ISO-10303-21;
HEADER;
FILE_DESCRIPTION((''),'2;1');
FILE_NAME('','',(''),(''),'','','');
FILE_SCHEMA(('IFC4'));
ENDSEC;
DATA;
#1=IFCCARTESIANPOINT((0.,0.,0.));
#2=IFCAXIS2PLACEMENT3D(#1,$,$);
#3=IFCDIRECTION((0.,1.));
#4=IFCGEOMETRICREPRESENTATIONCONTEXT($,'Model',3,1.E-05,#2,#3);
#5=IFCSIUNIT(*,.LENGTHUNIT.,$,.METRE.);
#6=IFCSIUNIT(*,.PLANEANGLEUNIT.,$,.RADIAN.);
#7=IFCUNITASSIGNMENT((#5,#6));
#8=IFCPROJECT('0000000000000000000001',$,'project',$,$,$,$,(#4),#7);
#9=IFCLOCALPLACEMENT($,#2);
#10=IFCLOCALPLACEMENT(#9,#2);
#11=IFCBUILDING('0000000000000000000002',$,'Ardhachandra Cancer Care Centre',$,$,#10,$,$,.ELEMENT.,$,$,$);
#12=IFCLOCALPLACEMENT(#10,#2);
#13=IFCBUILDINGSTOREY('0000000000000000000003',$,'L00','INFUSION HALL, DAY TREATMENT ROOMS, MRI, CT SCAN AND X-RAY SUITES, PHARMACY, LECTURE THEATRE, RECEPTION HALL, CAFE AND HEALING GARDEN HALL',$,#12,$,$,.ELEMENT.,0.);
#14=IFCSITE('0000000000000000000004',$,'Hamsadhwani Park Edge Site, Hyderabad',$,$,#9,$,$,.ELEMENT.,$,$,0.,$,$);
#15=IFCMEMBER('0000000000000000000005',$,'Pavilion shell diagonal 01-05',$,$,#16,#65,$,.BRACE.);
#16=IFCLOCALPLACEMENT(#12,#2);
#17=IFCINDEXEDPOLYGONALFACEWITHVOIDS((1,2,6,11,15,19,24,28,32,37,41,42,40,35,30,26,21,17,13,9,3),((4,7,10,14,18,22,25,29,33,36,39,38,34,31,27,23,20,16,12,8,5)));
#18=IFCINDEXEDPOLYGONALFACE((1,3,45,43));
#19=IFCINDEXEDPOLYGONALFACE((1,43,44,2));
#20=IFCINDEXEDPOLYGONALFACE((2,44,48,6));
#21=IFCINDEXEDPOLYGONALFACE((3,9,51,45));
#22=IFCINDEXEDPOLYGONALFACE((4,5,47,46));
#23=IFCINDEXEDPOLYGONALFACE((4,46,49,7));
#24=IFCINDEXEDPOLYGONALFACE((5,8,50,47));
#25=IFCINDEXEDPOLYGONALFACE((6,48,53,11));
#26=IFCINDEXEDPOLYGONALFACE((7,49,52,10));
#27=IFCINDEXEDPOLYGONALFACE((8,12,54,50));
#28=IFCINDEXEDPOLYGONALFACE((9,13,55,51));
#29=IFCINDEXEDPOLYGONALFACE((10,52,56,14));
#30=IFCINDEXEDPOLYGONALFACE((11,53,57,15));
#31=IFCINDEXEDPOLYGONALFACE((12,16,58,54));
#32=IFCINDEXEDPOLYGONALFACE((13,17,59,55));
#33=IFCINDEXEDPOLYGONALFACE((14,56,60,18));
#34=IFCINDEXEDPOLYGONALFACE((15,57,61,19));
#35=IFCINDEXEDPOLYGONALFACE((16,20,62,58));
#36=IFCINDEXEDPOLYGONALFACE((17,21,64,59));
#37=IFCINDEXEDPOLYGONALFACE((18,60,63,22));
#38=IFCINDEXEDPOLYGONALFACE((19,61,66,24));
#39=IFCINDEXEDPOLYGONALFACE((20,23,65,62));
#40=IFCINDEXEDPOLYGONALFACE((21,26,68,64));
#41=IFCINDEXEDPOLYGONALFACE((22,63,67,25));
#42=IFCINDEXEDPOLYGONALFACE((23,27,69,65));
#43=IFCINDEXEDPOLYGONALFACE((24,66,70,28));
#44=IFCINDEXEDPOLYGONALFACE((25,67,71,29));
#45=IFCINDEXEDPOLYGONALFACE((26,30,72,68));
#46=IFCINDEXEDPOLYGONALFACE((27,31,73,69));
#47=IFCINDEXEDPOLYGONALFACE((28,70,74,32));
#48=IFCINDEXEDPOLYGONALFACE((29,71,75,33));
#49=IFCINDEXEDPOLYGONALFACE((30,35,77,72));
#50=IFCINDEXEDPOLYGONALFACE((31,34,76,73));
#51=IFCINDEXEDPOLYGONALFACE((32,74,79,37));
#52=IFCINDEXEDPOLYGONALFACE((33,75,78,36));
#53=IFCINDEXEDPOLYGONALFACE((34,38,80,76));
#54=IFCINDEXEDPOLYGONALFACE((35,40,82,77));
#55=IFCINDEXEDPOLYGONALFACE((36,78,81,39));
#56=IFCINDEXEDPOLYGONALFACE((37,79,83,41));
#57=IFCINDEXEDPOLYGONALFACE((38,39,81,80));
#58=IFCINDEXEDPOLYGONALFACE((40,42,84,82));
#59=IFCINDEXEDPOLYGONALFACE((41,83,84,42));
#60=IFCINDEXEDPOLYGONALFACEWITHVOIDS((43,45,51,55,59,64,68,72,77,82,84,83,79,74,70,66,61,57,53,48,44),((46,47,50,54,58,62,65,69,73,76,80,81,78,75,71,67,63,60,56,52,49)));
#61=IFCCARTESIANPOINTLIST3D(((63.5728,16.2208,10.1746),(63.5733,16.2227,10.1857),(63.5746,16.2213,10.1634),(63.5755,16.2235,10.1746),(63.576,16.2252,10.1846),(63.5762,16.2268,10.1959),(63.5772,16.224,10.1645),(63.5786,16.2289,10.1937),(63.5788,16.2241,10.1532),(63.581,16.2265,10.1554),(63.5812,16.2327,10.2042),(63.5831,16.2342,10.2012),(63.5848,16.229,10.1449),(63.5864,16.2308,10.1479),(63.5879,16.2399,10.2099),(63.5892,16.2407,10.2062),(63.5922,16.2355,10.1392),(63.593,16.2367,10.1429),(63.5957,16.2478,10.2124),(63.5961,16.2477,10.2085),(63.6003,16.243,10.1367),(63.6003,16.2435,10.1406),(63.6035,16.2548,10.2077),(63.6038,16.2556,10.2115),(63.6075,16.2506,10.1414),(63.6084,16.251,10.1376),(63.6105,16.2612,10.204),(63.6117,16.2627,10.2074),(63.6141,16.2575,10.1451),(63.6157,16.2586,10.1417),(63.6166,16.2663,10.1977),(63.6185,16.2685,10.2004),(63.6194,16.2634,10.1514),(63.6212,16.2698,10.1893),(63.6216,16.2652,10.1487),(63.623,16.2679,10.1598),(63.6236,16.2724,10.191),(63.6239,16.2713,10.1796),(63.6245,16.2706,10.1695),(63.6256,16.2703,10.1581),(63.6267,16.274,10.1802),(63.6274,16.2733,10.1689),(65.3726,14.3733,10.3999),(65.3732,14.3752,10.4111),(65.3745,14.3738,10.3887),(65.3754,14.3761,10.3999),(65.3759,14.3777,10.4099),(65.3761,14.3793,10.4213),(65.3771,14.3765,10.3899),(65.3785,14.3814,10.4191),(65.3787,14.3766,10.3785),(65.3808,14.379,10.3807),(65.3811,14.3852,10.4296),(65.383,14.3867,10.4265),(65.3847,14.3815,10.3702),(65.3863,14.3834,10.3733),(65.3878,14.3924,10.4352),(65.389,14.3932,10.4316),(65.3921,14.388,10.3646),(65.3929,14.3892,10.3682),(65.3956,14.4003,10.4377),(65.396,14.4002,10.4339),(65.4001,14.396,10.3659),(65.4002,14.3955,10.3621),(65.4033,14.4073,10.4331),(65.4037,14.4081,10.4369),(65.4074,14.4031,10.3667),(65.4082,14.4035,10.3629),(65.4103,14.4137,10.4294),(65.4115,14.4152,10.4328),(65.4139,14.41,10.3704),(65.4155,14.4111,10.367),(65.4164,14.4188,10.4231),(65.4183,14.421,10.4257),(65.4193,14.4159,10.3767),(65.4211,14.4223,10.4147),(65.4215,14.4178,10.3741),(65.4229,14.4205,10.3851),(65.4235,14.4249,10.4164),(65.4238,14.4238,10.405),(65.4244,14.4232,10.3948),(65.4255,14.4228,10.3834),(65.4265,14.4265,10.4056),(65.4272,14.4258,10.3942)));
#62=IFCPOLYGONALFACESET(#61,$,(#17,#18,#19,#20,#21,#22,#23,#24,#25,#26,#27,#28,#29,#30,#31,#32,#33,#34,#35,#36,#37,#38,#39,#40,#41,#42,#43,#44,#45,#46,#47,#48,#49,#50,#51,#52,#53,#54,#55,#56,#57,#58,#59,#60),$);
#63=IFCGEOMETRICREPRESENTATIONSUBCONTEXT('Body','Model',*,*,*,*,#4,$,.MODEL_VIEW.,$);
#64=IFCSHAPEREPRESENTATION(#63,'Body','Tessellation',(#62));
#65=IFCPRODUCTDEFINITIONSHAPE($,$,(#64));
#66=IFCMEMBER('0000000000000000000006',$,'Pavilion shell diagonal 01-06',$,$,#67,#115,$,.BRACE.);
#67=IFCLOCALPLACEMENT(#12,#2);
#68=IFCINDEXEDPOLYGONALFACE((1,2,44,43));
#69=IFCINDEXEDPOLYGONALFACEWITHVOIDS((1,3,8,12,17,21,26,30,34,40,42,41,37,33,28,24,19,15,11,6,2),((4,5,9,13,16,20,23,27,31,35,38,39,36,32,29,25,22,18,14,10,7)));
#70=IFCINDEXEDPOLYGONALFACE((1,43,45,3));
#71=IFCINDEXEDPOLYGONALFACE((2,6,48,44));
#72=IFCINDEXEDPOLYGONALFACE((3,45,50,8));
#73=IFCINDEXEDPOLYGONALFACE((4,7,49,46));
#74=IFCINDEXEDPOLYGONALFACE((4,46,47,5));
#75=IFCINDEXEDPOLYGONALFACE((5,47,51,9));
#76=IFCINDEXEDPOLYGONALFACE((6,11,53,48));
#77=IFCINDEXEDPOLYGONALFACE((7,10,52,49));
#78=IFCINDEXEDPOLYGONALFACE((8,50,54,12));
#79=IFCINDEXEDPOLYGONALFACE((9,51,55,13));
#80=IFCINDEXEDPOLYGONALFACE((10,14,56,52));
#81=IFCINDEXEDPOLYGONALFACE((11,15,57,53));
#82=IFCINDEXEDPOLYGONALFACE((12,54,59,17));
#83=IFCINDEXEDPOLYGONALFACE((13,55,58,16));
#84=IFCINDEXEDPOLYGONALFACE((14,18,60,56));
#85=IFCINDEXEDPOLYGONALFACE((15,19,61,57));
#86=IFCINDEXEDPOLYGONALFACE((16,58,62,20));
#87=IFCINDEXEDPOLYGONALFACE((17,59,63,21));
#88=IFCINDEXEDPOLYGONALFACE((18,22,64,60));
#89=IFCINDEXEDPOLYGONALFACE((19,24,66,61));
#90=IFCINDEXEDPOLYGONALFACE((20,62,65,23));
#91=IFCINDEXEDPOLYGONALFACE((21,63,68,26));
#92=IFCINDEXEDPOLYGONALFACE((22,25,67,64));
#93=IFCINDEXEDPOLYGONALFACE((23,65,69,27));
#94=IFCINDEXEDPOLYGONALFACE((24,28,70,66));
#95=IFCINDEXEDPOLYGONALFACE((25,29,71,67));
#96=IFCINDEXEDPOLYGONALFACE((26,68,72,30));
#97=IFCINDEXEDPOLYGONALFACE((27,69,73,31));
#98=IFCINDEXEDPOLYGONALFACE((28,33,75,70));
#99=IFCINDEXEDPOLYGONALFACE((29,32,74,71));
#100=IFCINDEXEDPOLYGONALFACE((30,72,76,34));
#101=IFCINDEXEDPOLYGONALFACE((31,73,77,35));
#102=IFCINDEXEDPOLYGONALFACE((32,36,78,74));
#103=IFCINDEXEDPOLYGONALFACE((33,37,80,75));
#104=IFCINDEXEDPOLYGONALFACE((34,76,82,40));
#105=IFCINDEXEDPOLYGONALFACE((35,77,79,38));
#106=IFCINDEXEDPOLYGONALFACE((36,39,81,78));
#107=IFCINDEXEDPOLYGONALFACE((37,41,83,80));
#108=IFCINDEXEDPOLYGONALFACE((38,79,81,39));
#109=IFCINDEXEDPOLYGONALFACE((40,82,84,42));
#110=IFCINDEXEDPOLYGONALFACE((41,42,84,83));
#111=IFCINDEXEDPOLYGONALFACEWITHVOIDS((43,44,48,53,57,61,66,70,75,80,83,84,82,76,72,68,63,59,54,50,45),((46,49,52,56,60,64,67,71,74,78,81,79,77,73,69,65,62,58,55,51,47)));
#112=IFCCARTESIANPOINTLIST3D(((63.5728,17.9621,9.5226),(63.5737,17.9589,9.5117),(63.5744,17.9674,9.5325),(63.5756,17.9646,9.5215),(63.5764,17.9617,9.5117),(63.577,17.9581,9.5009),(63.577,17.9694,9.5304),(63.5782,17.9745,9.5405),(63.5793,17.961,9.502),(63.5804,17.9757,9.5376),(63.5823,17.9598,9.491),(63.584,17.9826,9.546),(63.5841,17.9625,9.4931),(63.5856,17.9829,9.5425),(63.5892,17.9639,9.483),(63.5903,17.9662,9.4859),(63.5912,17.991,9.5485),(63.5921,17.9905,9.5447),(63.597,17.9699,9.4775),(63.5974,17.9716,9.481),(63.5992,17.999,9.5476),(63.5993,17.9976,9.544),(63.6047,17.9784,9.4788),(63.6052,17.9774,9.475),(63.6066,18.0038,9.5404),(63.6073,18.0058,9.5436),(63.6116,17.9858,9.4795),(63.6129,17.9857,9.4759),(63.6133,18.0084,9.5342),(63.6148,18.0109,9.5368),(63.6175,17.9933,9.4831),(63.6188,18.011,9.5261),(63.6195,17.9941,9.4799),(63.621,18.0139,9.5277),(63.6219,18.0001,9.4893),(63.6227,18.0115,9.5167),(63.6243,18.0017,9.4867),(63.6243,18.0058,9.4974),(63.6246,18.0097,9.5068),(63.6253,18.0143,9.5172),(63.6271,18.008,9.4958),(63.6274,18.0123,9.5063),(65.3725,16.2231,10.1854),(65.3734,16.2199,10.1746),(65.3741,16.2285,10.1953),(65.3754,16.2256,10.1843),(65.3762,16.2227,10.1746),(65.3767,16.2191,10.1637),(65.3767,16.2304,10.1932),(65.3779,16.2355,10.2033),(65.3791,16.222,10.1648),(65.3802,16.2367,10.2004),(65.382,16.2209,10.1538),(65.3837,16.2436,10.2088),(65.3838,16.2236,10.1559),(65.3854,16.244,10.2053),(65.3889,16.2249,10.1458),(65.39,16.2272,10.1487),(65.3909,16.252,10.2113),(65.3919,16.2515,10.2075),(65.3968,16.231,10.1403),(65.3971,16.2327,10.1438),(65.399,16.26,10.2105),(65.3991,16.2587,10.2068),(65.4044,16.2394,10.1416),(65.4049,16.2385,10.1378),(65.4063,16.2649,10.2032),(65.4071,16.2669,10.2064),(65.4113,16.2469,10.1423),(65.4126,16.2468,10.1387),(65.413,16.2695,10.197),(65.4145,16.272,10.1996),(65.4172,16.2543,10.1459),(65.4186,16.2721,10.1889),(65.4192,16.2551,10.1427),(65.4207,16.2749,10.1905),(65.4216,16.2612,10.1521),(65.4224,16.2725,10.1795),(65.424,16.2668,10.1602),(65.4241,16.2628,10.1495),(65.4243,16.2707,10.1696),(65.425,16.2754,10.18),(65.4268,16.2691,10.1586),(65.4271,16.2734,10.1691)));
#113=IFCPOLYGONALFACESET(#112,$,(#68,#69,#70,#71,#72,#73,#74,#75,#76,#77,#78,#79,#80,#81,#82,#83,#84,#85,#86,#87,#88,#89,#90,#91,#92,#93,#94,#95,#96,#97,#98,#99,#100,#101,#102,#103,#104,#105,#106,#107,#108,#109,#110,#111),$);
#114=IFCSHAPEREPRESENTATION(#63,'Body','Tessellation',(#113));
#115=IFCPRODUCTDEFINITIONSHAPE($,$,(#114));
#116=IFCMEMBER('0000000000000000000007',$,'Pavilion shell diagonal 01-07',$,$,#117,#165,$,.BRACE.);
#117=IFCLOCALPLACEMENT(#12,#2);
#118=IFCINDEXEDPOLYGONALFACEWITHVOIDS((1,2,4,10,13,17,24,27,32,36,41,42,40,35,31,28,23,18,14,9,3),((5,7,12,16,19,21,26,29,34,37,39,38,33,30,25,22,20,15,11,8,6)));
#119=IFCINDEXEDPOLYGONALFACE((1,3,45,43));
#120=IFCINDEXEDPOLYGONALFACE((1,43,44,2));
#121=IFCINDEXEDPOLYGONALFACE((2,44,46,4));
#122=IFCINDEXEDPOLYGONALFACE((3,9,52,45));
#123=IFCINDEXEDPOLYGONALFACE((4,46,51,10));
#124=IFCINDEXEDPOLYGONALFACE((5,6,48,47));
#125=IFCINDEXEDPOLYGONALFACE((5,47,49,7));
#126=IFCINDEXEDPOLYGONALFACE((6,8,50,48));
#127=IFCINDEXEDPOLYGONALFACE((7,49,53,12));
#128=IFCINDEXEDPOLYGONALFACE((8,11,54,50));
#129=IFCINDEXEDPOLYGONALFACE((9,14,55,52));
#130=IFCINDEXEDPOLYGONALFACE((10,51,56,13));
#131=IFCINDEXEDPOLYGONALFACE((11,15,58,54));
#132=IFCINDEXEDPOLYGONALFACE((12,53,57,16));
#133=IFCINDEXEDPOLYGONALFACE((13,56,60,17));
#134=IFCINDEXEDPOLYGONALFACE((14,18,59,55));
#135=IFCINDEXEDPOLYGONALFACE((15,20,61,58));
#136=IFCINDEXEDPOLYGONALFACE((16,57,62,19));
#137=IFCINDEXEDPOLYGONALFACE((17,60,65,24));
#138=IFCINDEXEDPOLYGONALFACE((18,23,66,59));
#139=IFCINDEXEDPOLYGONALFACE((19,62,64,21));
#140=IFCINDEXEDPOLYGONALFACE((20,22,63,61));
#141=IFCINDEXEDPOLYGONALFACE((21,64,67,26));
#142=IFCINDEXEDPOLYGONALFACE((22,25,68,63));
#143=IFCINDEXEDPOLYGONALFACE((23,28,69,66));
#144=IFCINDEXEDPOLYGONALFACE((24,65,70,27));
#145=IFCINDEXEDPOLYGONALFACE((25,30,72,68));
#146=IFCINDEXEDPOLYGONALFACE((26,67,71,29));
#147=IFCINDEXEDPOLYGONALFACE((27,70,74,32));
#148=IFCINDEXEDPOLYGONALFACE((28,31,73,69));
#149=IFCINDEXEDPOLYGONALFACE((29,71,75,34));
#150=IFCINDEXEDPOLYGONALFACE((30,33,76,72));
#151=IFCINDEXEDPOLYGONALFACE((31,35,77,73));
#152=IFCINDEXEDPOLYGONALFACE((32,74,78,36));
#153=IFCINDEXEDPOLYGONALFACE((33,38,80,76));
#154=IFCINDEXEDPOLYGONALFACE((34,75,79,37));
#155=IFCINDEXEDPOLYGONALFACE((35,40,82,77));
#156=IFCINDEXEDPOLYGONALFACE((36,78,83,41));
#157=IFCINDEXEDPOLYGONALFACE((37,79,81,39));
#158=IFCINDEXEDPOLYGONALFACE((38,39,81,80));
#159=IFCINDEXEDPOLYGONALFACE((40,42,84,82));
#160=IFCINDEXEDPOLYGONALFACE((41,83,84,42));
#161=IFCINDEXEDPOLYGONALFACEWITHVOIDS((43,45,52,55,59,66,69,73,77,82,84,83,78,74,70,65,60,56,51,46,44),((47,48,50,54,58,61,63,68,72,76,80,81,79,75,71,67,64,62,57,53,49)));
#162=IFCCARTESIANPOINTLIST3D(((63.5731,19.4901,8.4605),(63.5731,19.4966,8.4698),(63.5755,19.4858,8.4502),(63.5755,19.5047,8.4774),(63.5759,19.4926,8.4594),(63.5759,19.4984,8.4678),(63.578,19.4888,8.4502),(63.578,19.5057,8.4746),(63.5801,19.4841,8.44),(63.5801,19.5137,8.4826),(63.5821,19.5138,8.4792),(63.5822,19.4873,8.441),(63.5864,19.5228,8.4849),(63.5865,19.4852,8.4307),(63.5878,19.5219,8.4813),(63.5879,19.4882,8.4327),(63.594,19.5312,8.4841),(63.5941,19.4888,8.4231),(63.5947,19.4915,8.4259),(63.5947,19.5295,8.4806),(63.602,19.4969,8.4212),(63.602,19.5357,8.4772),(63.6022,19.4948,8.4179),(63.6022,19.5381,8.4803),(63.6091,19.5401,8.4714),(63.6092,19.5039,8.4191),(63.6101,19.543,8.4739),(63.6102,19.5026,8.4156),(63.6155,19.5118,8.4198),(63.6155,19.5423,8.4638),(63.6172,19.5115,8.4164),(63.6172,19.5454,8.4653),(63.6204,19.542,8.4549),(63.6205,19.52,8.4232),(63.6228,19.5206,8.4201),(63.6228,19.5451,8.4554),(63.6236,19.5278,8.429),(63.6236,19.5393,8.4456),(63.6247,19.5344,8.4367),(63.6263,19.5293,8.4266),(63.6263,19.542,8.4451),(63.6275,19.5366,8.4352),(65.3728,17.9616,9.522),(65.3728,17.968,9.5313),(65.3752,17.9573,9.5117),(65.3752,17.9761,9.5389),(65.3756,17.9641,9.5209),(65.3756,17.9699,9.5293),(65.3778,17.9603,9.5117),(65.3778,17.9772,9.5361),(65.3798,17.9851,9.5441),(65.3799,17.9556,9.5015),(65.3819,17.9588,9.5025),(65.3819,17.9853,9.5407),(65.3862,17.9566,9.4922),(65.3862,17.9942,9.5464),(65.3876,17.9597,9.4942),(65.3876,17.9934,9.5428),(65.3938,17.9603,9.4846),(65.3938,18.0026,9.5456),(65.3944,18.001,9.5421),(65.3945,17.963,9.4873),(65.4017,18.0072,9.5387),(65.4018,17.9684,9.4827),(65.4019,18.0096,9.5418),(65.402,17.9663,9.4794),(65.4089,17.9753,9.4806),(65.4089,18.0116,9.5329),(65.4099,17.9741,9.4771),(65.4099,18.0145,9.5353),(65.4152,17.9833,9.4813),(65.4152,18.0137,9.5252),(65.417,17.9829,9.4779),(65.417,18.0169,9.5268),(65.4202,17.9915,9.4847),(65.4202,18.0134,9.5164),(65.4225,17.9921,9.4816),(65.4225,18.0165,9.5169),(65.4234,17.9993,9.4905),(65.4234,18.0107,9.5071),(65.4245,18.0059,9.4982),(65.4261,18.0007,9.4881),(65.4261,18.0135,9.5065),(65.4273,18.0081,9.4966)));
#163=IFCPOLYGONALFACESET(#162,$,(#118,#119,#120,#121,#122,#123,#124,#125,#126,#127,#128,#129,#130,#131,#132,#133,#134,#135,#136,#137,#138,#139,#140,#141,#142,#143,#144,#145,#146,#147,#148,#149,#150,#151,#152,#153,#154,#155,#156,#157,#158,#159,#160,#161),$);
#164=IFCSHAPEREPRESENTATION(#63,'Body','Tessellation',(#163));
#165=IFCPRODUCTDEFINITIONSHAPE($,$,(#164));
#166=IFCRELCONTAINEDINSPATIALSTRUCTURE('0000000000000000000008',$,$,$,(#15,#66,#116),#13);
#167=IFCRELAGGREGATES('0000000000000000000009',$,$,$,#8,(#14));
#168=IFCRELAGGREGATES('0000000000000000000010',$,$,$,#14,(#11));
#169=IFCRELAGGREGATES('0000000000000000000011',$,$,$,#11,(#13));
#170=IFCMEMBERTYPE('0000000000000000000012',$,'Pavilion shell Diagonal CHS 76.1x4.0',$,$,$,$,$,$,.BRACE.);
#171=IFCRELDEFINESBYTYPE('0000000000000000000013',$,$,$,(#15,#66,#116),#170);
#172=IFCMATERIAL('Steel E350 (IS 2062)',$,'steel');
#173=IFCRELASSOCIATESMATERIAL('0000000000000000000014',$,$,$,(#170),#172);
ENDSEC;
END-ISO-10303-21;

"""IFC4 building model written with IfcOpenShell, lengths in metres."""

from ifc_helpers import new_model, si_unit, direction, frame, origin, origin_2d, place, context, subcontext, project, spatial, hollow_circle, extrude, material, material_profile, profile_set, type_object, element, save


model = new_model("IFC4")

# Units and contexts
model_context = context("Model", 3, precision=1e-05, world=origin(), true_north=direction((0.0, 1.0)))
body_context = subcontext(model_context, "Body", "Model", "MODEL_VIEW")
ifc_project = project(units=[si_unit("LENGTHUNIT", "METRE"), si_unit("PLANEANGLEUNIT", "RADIAN")], contexts=[model_context])

# Site, building, storey
site_placement = place(None, origin())
site = spatial("IfcSite", under=ifc_project, at=site_placement, Name="Hamsadhwani Park Edge Site, Hyderabad", CompositionType="ELEMENT", RefElevation=0.0)
building_placement = place(site_placement, origin())
building = spatial("IfcBuilding", under=site, at=building_placement, Name="Ardhachandra Cancer Care Centre", CompositionType="ELEMENT")
storey_placement = place(building_placement, origin())
storey = spatial("IfcBuildingStorey", under=building, at=storey_placement, Name="L00", Description="INFUSION HALL, DAY TREATMENT ROOMS, MRI, CT SCAN AND X-RAY SUITES, PHARMACY, LECTURE THEATRE, RECEPTION HALL, CAFE AND HEALING GARDEN HALL", CompositionType="ELEMENT", Elevation=0.0)

# Members
ifc_material_1 = material(Name="Steel E350 (IS 2062)", Category="steel")
ifc_material_profile_1 = material_profile(ifc_material_1, hollow_circle(Radius=0.0381, WallThickness=0.0039, at=origin_2d()), Name="CHS 76.1x4.0")
ifc_profile_set_1 = profile_set([ifc_material_profile_1], Name="Steel E350 (IS 2062)")
member_type_1 = type_object("IfcMemberType", Name="Pavilion shell Diagonal CHS 76.1x4.0", PredefinedType="BRACE", material=ifc_profile_set_1)
member_1_placement = place(storey_placement, frame((65.3999, 14.3999, 10.3999), z_axis=(-0.695169, 0.713557, -0.087038), x_axis=(-0.716276, -0.697817, 0.0)))
element("IfcMember", 1, at=member_1_placement, inside=storey, type_object=member_type_1, Name="Pavilion shell diagonal 01-05", PredefinedType="BRACE", context=body_context, shape_type="SweptSolid", body=[
    extrude(hollow_circle(Radius=0.0381, WallThickness=0.0039, at=origin_2d()), origin(), (0.0, 0.0, 1.0), 2.5891),
])
for number, where, z_axis, x_axis, name in (
    (2, (65.3999, 16.2473, 10.1746), (-0.695179, 0.671698, -0.256024), (-0.694857, -0.719148, 0.0), "Pavilion shell diagonal 01-06"),
    (3, (65.3999, 17.9863, 9.5117), (-0.695188, 0.59042, -0.410022), (-0.647336, -0.762205, 0.0), "Pavilion shell diagonal 01-07"),
):
    element("IfcMember", number, at=place(storey_placement, frame(where, z_axis=z_axis, x_axis=x_axis)), inside=storey, type_object=member_type_1, Name=name, PredefinedType="BRACE", context=body_context, shape_type="SweptSolid", body=[
        extrude(hollow_circle(Radius=0.0381, WallThickness=0.0039, at=origin_2d()), origin(), (0.0, 0.0, 1.0), 2.5889),
    ])

save(model, "model.ifc")
